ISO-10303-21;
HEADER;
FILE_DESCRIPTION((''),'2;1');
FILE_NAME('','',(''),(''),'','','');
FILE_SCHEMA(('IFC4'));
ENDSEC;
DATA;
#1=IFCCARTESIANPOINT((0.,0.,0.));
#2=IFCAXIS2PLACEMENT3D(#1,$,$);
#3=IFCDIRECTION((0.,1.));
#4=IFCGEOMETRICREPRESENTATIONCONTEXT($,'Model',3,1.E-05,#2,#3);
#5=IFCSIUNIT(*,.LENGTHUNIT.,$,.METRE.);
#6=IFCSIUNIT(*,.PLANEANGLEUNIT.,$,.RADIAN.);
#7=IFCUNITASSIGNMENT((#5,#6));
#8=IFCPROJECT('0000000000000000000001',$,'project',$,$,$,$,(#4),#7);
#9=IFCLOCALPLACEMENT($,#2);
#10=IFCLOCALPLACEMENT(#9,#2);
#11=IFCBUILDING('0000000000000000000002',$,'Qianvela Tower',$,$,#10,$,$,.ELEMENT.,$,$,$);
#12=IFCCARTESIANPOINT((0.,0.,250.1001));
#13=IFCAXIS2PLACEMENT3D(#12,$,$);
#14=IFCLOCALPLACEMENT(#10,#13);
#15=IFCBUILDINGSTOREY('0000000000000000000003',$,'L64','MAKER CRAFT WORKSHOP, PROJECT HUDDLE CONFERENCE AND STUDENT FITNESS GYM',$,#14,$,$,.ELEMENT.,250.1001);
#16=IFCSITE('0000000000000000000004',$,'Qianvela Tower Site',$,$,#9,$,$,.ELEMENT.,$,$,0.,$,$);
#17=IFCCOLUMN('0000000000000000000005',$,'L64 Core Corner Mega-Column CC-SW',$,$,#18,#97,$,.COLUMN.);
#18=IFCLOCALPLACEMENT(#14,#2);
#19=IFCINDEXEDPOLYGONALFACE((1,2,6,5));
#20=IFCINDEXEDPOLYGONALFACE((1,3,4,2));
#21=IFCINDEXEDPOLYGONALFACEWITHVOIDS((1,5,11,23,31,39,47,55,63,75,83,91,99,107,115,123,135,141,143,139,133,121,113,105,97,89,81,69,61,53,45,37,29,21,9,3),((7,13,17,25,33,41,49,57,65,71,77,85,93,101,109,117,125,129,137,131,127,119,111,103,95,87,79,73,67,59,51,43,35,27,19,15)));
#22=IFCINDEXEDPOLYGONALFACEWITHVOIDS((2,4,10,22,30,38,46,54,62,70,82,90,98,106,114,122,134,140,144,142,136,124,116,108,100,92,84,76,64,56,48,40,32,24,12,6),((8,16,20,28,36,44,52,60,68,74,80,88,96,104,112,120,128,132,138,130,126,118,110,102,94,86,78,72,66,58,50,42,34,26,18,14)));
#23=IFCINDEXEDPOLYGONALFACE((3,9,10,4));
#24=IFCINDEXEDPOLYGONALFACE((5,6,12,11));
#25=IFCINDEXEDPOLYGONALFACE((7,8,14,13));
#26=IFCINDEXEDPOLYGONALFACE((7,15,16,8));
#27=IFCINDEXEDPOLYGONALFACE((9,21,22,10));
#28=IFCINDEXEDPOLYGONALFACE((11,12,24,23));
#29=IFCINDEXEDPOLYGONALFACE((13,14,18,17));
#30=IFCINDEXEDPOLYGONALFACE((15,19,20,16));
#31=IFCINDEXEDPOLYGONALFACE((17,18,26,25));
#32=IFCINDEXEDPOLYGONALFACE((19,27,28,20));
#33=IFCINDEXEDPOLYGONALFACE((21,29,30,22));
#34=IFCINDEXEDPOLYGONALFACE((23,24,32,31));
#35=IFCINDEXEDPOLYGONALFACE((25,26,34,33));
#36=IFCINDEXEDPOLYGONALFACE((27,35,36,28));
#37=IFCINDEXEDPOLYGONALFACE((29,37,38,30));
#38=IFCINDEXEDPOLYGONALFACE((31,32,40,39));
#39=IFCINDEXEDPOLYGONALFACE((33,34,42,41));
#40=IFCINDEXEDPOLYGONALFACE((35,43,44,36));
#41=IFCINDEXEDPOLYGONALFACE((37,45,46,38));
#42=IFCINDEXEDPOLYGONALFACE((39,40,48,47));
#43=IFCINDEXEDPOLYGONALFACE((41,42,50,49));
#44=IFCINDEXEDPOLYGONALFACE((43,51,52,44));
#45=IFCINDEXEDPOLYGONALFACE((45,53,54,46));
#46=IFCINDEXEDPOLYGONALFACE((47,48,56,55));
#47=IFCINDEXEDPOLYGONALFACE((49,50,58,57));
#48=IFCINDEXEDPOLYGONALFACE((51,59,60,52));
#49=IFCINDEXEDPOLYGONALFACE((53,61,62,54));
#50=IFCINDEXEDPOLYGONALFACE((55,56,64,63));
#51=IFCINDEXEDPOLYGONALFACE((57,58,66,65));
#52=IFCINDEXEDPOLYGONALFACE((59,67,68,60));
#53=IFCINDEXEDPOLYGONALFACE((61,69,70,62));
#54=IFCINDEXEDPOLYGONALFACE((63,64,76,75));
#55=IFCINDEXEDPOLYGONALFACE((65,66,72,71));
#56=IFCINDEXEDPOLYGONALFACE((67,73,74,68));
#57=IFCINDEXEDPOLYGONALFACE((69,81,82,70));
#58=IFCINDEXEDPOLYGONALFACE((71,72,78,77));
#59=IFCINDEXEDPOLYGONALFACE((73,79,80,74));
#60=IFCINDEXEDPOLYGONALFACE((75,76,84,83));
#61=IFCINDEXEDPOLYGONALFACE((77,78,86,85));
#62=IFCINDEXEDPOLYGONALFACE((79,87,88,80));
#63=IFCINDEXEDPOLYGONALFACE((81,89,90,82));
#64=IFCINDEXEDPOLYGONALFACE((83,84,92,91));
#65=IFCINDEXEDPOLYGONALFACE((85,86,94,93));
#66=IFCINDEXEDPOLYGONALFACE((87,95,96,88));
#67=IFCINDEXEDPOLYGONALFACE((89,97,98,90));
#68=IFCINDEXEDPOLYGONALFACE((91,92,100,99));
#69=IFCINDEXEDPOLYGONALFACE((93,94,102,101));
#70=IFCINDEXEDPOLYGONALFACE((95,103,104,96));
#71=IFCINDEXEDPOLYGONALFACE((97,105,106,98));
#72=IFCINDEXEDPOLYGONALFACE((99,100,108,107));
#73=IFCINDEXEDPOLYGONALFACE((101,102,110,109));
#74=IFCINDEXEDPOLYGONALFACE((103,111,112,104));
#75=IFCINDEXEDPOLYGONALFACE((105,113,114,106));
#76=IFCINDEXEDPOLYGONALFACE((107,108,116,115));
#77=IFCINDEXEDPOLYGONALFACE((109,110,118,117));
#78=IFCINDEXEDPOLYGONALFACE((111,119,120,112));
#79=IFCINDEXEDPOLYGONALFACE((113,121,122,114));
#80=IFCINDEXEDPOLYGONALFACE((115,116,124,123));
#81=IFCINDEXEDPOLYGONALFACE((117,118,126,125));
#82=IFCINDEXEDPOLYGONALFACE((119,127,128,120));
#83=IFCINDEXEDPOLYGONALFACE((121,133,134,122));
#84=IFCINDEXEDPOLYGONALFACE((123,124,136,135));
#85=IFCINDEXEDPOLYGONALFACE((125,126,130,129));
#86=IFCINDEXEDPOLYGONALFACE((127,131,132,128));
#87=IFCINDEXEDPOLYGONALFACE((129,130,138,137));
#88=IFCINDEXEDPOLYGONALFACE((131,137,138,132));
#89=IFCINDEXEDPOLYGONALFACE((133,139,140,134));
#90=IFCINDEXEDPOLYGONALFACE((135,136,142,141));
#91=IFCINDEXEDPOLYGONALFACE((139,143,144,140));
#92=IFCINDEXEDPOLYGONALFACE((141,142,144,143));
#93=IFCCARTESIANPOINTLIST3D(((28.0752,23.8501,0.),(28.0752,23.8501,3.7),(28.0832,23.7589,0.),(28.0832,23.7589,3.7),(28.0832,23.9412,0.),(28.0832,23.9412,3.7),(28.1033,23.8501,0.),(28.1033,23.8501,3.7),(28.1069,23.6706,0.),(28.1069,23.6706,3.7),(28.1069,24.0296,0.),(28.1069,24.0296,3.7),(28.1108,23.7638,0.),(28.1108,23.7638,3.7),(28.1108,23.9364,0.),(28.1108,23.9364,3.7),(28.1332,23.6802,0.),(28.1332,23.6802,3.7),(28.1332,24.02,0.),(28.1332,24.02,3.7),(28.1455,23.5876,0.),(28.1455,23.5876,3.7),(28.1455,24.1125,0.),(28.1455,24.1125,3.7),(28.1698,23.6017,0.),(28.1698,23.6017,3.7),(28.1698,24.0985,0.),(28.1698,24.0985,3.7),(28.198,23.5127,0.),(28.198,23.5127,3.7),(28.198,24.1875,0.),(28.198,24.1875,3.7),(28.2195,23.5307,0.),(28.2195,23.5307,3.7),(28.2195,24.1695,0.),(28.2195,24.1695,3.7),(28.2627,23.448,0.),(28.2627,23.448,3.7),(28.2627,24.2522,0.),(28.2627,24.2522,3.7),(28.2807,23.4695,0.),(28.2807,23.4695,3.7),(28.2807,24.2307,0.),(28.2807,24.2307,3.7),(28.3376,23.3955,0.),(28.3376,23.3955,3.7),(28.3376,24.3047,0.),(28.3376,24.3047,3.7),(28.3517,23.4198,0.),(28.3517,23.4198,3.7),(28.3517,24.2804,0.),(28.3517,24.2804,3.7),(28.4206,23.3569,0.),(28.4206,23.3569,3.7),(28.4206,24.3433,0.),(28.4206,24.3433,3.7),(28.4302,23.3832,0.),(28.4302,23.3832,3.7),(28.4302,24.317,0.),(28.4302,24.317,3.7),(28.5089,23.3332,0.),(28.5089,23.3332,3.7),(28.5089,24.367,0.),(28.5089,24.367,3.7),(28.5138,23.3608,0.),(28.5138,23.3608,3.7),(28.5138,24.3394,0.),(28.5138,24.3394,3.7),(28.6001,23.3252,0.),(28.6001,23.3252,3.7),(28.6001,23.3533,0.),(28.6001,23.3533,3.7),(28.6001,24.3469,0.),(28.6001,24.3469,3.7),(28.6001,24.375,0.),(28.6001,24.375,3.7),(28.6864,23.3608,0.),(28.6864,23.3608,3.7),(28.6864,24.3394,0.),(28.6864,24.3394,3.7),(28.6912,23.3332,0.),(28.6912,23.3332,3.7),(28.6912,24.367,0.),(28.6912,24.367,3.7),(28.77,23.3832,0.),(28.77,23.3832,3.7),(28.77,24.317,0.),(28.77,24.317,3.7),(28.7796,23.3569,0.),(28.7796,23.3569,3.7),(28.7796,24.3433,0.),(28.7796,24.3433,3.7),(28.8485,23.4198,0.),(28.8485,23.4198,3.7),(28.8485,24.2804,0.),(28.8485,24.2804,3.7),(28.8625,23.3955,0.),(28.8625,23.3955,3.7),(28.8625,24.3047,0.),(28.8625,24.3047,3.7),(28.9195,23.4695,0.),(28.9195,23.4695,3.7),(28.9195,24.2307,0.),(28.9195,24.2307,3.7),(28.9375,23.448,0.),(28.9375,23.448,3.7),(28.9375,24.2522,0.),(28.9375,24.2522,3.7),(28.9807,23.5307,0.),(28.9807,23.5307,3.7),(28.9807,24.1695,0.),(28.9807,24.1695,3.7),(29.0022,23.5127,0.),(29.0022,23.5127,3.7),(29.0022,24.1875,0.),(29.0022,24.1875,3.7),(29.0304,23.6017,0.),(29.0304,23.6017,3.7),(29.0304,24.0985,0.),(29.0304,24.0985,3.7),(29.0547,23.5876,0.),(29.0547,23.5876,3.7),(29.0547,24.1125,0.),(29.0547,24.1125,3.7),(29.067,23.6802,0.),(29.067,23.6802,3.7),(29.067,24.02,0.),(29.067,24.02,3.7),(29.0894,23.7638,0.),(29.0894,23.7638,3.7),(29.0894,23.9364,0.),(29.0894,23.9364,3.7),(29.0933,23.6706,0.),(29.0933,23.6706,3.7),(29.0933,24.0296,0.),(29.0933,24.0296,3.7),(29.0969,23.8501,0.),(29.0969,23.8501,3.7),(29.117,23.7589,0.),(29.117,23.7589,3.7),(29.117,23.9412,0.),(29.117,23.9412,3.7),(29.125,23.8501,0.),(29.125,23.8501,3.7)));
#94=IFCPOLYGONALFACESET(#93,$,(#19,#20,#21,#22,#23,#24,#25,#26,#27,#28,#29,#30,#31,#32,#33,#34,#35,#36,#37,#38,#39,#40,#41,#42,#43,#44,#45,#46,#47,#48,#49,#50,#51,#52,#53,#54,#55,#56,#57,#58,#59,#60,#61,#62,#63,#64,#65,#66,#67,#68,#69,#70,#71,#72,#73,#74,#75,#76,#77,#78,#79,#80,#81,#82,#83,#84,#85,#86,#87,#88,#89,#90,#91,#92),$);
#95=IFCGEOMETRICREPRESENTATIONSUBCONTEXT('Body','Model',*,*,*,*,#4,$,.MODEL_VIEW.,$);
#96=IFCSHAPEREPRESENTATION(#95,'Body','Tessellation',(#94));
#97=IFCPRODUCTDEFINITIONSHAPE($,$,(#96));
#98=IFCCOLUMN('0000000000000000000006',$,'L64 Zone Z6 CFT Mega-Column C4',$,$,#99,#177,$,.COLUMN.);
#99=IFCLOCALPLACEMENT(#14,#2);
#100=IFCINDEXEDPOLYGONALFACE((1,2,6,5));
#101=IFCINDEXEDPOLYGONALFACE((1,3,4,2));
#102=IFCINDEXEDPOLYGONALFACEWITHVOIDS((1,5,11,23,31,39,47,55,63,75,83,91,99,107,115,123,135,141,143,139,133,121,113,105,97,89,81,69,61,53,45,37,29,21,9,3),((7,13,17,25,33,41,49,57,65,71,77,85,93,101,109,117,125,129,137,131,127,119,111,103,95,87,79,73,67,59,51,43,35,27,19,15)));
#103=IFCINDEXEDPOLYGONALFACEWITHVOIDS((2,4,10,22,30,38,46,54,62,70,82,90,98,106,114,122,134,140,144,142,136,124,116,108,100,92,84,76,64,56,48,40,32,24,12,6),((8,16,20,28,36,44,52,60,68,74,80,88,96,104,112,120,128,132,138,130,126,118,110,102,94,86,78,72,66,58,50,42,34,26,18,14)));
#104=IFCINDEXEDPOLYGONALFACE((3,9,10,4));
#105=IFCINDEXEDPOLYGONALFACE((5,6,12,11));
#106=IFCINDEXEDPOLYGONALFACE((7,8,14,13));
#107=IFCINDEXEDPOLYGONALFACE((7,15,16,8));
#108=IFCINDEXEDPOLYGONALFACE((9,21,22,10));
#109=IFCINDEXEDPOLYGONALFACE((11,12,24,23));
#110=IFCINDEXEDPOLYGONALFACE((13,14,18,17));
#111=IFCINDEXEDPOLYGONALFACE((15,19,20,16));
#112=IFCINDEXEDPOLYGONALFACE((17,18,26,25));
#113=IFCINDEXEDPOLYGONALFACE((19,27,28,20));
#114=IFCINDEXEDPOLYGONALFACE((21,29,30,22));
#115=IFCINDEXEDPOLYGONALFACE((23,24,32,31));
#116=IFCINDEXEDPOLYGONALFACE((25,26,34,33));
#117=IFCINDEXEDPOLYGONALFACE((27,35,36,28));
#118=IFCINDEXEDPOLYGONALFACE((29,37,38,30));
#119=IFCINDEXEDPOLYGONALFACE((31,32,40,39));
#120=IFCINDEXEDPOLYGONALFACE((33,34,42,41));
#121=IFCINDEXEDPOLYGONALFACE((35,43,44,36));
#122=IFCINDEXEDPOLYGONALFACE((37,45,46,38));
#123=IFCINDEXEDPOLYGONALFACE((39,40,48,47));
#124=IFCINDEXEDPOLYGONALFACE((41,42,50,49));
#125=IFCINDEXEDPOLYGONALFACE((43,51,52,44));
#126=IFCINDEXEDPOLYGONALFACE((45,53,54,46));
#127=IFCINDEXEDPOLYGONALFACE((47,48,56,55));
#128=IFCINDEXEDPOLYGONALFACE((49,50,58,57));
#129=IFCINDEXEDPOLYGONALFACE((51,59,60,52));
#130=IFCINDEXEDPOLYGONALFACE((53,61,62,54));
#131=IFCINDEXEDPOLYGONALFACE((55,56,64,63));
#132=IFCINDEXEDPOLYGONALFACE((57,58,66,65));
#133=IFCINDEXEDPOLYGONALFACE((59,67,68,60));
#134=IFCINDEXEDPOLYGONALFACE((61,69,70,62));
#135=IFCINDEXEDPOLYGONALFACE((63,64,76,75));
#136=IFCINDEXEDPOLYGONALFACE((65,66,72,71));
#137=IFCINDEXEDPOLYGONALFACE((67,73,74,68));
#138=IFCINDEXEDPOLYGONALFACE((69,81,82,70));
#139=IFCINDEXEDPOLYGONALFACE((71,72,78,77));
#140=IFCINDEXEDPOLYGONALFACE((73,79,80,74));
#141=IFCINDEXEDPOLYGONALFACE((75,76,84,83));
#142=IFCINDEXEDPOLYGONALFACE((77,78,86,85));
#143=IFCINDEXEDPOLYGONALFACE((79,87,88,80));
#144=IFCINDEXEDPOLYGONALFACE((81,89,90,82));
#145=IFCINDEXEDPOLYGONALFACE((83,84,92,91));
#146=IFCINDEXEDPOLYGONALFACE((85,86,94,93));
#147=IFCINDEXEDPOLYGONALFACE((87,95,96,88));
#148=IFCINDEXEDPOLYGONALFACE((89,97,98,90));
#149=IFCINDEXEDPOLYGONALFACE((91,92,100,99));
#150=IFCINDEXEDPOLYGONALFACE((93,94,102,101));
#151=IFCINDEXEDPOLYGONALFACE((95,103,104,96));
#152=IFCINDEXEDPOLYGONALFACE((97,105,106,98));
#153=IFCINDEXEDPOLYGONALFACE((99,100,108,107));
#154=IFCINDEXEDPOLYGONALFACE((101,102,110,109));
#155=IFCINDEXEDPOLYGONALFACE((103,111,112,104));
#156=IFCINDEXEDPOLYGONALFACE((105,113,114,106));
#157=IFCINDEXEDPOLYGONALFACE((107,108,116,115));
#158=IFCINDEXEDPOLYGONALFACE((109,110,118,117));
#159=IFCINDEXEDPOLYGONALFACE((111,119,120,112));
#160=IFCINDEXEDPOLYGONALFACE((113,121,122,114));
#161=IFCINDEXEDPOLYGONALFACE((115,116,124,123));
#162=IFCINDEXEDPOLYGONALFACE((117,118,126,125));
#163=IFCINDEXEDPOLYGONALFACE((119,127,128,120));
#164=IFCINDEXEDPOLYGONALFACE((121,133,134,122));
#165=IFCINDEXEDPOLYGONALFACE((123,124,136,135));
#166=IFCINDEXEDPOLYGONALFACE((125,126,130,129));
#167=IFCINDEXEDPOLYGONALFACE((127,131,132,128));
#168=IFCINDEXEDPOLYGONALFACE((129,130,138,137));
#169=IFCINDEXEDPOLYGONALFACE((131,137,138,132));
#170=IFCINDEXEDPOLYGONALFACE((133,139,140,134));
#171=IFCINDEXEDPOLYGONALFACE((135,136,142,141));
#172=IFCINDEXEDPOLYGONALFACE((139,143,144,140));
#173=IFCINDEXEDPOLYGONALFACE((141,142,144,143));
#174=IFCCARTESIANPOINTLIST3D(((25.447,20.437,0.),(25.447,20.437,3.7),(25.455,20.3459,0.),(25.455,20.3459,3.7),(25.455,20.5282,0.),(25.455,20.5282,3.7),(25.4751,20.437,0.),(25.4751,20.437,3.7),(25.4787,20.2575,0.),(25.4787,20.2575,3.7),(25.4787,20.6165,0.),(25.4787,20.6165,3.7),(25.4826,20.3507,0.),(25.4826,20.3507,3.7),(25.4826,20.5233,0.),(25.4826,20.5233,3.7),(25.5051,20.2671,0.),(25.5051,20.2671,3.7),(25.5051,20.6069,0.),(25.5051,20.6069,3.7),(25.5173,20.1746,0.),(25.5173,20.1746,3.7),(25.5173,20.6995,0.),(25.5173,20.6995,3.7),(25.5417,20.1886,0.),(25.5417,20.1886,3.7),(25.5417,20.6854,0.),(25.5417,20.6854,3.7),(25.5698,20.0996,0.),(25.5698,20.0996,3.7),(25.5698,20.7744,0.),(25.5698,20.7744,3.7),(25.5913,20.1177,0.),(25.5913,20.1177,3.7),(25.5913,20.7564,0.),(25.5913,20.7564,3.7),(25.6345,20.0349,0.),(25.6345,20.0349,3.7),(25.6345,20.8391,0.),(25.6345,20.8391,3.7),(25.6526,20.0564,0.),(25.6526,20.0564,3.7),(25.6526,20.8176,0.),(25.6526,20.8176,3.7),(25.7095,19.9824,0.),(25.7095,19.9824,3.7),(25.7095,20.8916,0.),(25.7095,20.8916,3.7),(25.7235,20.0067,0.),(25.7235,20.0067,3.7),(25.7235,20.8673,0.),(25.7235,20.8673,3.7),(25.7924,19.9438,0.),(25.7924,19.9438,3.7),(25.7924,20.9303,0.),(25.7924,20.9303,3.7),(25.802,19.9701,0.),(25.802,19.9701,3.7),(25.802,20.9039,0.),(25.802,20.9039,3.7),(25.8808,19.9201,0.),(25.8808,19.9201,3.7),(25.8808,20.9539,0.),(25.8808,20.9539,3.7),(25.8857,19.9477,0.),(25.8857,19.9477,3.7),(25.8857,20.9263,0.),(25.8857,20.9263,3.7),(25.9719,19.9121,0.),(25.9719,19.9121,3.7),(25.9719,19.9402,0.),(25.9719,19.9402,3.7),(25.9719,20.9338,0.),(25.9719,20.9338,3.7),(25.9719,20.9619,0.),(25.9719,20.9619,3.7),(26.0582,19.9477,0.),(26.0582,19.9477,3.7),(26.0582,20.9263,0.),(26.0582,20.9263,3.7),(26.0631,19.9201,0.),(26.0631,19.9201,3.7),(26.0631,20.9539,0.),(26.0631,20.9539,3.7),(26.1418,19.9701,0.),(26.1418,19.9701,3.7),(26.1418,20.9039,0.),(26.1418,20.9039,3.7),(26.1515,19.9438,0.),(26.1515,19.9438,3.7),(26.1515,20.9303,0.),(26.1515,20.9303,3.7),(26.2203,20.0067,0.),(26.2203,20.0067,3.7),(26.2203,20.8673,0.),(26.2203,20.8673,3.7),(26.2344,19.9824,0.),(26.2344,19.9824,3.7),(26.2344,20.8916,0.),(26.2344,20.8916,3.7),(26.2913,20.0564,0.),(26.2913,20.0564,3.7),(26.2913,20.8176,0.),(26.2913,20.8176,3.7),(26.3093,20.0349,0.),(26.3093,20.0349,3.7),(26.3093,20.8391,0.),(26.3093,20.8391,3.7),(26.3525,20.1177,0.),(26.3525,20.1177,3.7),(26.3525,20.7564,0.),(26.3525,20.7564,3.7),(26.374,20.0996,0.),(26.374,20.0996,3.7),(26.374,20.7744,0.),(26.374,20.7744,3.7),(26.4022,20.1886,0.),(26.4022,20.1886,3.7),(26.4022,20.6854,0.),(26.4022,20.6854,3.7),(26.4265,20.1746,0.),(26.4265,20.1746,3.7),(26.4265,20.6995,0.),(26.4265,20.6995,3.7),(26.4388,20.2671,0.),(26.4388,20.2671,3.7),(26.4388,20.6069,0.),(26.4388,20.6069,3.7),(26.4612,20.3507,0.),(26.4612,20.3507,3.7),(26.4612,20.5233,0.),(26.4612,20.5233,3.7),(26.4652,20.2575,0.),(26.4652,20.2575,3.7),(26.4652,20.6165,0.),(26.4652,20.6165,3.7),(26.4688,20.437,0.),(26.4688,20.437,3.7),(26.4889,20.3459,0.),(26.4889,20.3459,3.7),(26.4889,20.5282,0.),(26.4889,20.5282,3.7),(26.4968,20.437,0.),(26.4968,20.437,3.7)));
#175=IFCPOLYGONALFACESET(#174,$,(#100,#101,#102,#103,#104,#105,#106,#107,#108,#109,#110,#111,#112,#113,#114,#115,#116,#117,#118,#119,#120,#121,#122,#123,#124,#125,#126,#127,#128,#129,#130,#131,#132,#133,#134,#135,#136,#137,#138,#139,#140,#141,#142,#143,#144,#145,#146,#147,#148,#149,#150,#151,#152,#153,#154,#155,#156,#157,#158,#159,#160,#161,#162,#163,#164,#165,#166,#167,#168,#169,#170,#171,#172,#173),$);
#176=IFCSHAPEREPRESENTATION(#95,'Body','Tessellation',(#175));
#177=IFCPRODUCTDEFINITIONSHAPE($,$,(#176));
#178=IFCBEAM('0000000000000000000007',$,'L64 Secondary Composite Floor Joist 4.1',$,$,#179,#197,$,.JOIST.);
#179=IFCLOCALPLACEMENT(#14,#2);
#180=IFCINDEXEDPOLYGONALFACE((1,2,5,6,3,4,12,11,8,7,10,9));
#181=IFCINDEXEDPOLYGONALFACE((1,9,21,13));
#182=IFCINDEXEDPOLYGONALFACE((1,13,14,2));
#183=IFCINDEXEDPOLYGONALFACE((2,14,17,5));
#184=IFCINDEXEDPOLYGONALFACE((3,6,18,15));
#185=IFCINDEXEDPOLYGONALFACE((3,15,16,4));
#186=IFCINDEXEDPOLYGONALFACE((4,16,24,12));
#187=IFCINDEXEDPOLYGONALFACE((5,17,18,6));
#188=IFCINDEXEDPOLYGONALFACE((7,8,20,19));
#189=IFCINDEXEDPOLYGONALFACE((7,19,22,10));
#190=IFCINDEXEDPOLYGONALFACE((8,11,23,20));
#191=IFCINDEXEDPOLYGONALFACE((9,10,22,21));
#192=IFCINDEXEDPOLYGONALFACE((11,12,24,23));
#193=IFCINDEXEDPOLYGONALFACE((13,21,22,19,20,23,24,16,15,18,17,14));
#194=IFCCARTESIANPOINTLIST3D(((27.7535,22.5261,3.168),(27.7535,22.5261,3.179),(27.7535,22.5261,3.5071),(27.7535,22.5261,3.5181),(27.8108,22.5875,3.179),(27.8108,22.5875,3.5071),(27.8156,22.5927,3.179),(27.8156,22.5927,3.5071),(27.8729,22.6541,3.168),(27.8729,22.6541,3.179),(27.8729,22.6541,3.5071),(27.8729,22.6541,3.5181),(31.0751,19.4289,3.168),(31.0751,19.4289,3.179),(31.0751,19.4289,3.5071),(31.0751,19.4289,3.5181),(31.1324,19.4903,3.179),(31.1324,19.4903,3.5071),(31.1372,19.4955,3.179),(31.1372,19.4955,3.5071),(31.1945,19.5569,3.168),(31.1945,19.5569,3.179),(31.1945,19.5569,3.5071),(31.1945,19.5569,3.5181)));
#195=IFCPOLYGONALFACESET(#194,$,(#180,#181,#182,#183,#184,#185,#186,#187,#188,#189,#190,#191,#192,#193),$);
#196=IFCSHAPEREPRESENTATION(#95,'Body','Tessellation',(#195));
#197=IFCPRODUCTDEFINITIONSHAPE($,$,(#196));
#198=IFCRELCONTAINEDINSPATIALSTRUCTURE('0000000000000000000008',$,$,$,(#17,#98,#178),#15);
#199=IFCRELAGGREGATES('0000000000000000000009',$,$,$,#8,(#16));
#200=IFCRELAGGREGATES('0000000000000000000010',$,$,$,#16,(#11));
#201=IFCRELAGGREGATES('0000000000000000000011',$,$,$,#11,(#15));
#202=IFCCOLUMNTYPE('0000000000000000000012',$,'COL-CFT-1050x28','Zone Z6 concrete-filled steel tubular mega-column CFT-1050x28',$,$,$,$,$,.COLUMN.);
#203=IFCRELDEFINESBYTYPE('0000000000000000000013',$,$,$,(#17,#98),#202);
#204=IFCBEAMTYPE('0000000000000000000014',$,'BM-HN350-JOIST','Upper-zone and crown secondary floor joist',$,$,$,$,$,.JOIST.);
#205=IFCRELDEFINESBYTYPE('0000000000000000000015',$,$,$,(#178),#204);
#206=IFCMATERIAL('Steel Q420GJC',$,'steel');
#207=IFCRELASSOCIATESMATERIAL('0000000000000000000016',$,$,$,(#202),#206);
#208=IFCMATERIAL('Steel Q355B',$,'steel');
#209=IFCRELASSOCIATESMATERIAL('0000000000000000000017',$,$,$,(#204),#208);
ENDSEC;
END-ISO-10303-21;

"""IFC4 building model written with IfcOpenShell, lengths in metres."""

from ifc_helpers import new_model, si_unit, direction, frame, origin, origin_2d, place, context, subcontext, project, spatial, hollow_circle, i_section, extrude, material, material_profile, profile_set, type_object, element, save


model = new_model("IFC4")

# Units and contexts
model_context = context("Model", 3, precision=1e-05, world=origin(), true_north=direction((0.0, 1.0)))
body_context = subcontext(model_context, "Body", "Model", "MODEL_VIEW")
ifc_project = project(units=[si_unit("LENGTHUNIT", "METRE"), si_unit("PLANEANGLEUNIT", "RADIAN")], contexts=[model_context])

# Site, building, storey
site_placement = place(None, origin())
site = spatial("IfcSite", under=ifc_project, at=site_placement, Name="Qianvela Tower Site", CompositionType="ELEMENT", RefElevation=0.0)
building_placement = place(site_placement, origin())
building = spatial("IfcBuilding", under=site, at=building_placement, Name="Qianvela Tower", CompositionType="ELEMENT")
storey_placement = place(building_placement, frame((0.0, 0.0, 250.1001)))
storey = spatial("IfcBuildingStorey", under=building, at=storey_placement, Name="L64", Description="MAKER CRAFT WORKSHOP, PROJECT HUDDLE CONFERENCE AND STUDENT FITNESS GYM", CompositionType="ELEMENT", Elevation=250.1001)

# Columns
ifc_material_1 = material(Name="Steel Q420GJC", Category="steel")
ifc_material_profile_1 = material_profile(ifc_material_1, hollow_circle(Radius=0.5249, WallThickness=0.0281, at=origin_2d()), Name="CFT-1050x28")
ifc_profile_set_1 = profile_set([ifc_material_profile_1], Name="Steel Q420GJC")
column_type = type_object("IfcColumnType", Name="COL-CFT-1050x28", Description="Zone Z6 concrete-filled steel tubular mega-column CFT-1050x28", PredefinedType="COLUMN", material=ifc_profile_set_1)
for number, where, z_axis, x_axis, name in (
    (1, (28.6001, 23.8501, 0.0), (0.0, 0.0, 1.0), (1.0, 0.0, 0.0), "L64 Core Corner Mega-Column CC-SW"),
    (2, (25.9719, 20.437, 0.0), (0.0, 0.0, 1.0), (1.0, 0.0, 0.0), "L64 Zone Z6 CFT Mega-Column C4"),
):
    element("IfcColumn", number, at=place(storey_placement, frame(where, z_axis=z_axis, x_axis=x_axis)), inside=storey, type_object=column_type, Name=name, PredefinedType="COLUMN", context=body_context, shape_type="SweptSolid", body=[
        extrude(hollow_circle(Radius=0.5249, WallThickness=0.0281, at=origin_2d()), origin(), (0.0, 0.0, 1.0), 3.7),
    ])

# Beam
ifc_material_2 = material(Name="Steel Q355B", Category="steel")
ifc_material_profile_2 = material_profile(ifc_material_2, i_section(OverallWidth=0.175, OverallDepth=0.3501, WebThickness=0.0071, FlangeThickness=0.011, at=origin_2d()), Name="HN350x175x7x11")
ifc_profile_set_2 = profile_set([ifc_material_profile_2], Name="Steel Q355B")
beam_type_1 = type_object("IfcBeamType", Name="BM-HN350-JOIST", Description="Upper-zone and crown secondary floor joist", PredefinedType="JOIST", material=ifc_profile_set_2)
beam_1_placement = place(storey_placement, frame((27.8132, 22.5901, 3.343), z_axis=(0.731377, -0.681973, 0.0), x_axis=(0.681973, 0.731377, 0.0)))
element("IfcBeam", 3, at=beam_1_placement, inside=storey, type_object=beam_type_1, Name="L64 Secondary Composite Floor Joist 4.1", PredefinedType="JOIST", context=body_context, shape_type="SweptSolid", body=[
    extrude(i_section(OverallWidth=0.175, OverallDepth=0.3501, WebThickness=0.0071, FlangeThickness=0.011, at=origin_2d()), origin(), (0.0, 0.0, 1.0), 4.5415),
])

save(model, "model.ifc")
